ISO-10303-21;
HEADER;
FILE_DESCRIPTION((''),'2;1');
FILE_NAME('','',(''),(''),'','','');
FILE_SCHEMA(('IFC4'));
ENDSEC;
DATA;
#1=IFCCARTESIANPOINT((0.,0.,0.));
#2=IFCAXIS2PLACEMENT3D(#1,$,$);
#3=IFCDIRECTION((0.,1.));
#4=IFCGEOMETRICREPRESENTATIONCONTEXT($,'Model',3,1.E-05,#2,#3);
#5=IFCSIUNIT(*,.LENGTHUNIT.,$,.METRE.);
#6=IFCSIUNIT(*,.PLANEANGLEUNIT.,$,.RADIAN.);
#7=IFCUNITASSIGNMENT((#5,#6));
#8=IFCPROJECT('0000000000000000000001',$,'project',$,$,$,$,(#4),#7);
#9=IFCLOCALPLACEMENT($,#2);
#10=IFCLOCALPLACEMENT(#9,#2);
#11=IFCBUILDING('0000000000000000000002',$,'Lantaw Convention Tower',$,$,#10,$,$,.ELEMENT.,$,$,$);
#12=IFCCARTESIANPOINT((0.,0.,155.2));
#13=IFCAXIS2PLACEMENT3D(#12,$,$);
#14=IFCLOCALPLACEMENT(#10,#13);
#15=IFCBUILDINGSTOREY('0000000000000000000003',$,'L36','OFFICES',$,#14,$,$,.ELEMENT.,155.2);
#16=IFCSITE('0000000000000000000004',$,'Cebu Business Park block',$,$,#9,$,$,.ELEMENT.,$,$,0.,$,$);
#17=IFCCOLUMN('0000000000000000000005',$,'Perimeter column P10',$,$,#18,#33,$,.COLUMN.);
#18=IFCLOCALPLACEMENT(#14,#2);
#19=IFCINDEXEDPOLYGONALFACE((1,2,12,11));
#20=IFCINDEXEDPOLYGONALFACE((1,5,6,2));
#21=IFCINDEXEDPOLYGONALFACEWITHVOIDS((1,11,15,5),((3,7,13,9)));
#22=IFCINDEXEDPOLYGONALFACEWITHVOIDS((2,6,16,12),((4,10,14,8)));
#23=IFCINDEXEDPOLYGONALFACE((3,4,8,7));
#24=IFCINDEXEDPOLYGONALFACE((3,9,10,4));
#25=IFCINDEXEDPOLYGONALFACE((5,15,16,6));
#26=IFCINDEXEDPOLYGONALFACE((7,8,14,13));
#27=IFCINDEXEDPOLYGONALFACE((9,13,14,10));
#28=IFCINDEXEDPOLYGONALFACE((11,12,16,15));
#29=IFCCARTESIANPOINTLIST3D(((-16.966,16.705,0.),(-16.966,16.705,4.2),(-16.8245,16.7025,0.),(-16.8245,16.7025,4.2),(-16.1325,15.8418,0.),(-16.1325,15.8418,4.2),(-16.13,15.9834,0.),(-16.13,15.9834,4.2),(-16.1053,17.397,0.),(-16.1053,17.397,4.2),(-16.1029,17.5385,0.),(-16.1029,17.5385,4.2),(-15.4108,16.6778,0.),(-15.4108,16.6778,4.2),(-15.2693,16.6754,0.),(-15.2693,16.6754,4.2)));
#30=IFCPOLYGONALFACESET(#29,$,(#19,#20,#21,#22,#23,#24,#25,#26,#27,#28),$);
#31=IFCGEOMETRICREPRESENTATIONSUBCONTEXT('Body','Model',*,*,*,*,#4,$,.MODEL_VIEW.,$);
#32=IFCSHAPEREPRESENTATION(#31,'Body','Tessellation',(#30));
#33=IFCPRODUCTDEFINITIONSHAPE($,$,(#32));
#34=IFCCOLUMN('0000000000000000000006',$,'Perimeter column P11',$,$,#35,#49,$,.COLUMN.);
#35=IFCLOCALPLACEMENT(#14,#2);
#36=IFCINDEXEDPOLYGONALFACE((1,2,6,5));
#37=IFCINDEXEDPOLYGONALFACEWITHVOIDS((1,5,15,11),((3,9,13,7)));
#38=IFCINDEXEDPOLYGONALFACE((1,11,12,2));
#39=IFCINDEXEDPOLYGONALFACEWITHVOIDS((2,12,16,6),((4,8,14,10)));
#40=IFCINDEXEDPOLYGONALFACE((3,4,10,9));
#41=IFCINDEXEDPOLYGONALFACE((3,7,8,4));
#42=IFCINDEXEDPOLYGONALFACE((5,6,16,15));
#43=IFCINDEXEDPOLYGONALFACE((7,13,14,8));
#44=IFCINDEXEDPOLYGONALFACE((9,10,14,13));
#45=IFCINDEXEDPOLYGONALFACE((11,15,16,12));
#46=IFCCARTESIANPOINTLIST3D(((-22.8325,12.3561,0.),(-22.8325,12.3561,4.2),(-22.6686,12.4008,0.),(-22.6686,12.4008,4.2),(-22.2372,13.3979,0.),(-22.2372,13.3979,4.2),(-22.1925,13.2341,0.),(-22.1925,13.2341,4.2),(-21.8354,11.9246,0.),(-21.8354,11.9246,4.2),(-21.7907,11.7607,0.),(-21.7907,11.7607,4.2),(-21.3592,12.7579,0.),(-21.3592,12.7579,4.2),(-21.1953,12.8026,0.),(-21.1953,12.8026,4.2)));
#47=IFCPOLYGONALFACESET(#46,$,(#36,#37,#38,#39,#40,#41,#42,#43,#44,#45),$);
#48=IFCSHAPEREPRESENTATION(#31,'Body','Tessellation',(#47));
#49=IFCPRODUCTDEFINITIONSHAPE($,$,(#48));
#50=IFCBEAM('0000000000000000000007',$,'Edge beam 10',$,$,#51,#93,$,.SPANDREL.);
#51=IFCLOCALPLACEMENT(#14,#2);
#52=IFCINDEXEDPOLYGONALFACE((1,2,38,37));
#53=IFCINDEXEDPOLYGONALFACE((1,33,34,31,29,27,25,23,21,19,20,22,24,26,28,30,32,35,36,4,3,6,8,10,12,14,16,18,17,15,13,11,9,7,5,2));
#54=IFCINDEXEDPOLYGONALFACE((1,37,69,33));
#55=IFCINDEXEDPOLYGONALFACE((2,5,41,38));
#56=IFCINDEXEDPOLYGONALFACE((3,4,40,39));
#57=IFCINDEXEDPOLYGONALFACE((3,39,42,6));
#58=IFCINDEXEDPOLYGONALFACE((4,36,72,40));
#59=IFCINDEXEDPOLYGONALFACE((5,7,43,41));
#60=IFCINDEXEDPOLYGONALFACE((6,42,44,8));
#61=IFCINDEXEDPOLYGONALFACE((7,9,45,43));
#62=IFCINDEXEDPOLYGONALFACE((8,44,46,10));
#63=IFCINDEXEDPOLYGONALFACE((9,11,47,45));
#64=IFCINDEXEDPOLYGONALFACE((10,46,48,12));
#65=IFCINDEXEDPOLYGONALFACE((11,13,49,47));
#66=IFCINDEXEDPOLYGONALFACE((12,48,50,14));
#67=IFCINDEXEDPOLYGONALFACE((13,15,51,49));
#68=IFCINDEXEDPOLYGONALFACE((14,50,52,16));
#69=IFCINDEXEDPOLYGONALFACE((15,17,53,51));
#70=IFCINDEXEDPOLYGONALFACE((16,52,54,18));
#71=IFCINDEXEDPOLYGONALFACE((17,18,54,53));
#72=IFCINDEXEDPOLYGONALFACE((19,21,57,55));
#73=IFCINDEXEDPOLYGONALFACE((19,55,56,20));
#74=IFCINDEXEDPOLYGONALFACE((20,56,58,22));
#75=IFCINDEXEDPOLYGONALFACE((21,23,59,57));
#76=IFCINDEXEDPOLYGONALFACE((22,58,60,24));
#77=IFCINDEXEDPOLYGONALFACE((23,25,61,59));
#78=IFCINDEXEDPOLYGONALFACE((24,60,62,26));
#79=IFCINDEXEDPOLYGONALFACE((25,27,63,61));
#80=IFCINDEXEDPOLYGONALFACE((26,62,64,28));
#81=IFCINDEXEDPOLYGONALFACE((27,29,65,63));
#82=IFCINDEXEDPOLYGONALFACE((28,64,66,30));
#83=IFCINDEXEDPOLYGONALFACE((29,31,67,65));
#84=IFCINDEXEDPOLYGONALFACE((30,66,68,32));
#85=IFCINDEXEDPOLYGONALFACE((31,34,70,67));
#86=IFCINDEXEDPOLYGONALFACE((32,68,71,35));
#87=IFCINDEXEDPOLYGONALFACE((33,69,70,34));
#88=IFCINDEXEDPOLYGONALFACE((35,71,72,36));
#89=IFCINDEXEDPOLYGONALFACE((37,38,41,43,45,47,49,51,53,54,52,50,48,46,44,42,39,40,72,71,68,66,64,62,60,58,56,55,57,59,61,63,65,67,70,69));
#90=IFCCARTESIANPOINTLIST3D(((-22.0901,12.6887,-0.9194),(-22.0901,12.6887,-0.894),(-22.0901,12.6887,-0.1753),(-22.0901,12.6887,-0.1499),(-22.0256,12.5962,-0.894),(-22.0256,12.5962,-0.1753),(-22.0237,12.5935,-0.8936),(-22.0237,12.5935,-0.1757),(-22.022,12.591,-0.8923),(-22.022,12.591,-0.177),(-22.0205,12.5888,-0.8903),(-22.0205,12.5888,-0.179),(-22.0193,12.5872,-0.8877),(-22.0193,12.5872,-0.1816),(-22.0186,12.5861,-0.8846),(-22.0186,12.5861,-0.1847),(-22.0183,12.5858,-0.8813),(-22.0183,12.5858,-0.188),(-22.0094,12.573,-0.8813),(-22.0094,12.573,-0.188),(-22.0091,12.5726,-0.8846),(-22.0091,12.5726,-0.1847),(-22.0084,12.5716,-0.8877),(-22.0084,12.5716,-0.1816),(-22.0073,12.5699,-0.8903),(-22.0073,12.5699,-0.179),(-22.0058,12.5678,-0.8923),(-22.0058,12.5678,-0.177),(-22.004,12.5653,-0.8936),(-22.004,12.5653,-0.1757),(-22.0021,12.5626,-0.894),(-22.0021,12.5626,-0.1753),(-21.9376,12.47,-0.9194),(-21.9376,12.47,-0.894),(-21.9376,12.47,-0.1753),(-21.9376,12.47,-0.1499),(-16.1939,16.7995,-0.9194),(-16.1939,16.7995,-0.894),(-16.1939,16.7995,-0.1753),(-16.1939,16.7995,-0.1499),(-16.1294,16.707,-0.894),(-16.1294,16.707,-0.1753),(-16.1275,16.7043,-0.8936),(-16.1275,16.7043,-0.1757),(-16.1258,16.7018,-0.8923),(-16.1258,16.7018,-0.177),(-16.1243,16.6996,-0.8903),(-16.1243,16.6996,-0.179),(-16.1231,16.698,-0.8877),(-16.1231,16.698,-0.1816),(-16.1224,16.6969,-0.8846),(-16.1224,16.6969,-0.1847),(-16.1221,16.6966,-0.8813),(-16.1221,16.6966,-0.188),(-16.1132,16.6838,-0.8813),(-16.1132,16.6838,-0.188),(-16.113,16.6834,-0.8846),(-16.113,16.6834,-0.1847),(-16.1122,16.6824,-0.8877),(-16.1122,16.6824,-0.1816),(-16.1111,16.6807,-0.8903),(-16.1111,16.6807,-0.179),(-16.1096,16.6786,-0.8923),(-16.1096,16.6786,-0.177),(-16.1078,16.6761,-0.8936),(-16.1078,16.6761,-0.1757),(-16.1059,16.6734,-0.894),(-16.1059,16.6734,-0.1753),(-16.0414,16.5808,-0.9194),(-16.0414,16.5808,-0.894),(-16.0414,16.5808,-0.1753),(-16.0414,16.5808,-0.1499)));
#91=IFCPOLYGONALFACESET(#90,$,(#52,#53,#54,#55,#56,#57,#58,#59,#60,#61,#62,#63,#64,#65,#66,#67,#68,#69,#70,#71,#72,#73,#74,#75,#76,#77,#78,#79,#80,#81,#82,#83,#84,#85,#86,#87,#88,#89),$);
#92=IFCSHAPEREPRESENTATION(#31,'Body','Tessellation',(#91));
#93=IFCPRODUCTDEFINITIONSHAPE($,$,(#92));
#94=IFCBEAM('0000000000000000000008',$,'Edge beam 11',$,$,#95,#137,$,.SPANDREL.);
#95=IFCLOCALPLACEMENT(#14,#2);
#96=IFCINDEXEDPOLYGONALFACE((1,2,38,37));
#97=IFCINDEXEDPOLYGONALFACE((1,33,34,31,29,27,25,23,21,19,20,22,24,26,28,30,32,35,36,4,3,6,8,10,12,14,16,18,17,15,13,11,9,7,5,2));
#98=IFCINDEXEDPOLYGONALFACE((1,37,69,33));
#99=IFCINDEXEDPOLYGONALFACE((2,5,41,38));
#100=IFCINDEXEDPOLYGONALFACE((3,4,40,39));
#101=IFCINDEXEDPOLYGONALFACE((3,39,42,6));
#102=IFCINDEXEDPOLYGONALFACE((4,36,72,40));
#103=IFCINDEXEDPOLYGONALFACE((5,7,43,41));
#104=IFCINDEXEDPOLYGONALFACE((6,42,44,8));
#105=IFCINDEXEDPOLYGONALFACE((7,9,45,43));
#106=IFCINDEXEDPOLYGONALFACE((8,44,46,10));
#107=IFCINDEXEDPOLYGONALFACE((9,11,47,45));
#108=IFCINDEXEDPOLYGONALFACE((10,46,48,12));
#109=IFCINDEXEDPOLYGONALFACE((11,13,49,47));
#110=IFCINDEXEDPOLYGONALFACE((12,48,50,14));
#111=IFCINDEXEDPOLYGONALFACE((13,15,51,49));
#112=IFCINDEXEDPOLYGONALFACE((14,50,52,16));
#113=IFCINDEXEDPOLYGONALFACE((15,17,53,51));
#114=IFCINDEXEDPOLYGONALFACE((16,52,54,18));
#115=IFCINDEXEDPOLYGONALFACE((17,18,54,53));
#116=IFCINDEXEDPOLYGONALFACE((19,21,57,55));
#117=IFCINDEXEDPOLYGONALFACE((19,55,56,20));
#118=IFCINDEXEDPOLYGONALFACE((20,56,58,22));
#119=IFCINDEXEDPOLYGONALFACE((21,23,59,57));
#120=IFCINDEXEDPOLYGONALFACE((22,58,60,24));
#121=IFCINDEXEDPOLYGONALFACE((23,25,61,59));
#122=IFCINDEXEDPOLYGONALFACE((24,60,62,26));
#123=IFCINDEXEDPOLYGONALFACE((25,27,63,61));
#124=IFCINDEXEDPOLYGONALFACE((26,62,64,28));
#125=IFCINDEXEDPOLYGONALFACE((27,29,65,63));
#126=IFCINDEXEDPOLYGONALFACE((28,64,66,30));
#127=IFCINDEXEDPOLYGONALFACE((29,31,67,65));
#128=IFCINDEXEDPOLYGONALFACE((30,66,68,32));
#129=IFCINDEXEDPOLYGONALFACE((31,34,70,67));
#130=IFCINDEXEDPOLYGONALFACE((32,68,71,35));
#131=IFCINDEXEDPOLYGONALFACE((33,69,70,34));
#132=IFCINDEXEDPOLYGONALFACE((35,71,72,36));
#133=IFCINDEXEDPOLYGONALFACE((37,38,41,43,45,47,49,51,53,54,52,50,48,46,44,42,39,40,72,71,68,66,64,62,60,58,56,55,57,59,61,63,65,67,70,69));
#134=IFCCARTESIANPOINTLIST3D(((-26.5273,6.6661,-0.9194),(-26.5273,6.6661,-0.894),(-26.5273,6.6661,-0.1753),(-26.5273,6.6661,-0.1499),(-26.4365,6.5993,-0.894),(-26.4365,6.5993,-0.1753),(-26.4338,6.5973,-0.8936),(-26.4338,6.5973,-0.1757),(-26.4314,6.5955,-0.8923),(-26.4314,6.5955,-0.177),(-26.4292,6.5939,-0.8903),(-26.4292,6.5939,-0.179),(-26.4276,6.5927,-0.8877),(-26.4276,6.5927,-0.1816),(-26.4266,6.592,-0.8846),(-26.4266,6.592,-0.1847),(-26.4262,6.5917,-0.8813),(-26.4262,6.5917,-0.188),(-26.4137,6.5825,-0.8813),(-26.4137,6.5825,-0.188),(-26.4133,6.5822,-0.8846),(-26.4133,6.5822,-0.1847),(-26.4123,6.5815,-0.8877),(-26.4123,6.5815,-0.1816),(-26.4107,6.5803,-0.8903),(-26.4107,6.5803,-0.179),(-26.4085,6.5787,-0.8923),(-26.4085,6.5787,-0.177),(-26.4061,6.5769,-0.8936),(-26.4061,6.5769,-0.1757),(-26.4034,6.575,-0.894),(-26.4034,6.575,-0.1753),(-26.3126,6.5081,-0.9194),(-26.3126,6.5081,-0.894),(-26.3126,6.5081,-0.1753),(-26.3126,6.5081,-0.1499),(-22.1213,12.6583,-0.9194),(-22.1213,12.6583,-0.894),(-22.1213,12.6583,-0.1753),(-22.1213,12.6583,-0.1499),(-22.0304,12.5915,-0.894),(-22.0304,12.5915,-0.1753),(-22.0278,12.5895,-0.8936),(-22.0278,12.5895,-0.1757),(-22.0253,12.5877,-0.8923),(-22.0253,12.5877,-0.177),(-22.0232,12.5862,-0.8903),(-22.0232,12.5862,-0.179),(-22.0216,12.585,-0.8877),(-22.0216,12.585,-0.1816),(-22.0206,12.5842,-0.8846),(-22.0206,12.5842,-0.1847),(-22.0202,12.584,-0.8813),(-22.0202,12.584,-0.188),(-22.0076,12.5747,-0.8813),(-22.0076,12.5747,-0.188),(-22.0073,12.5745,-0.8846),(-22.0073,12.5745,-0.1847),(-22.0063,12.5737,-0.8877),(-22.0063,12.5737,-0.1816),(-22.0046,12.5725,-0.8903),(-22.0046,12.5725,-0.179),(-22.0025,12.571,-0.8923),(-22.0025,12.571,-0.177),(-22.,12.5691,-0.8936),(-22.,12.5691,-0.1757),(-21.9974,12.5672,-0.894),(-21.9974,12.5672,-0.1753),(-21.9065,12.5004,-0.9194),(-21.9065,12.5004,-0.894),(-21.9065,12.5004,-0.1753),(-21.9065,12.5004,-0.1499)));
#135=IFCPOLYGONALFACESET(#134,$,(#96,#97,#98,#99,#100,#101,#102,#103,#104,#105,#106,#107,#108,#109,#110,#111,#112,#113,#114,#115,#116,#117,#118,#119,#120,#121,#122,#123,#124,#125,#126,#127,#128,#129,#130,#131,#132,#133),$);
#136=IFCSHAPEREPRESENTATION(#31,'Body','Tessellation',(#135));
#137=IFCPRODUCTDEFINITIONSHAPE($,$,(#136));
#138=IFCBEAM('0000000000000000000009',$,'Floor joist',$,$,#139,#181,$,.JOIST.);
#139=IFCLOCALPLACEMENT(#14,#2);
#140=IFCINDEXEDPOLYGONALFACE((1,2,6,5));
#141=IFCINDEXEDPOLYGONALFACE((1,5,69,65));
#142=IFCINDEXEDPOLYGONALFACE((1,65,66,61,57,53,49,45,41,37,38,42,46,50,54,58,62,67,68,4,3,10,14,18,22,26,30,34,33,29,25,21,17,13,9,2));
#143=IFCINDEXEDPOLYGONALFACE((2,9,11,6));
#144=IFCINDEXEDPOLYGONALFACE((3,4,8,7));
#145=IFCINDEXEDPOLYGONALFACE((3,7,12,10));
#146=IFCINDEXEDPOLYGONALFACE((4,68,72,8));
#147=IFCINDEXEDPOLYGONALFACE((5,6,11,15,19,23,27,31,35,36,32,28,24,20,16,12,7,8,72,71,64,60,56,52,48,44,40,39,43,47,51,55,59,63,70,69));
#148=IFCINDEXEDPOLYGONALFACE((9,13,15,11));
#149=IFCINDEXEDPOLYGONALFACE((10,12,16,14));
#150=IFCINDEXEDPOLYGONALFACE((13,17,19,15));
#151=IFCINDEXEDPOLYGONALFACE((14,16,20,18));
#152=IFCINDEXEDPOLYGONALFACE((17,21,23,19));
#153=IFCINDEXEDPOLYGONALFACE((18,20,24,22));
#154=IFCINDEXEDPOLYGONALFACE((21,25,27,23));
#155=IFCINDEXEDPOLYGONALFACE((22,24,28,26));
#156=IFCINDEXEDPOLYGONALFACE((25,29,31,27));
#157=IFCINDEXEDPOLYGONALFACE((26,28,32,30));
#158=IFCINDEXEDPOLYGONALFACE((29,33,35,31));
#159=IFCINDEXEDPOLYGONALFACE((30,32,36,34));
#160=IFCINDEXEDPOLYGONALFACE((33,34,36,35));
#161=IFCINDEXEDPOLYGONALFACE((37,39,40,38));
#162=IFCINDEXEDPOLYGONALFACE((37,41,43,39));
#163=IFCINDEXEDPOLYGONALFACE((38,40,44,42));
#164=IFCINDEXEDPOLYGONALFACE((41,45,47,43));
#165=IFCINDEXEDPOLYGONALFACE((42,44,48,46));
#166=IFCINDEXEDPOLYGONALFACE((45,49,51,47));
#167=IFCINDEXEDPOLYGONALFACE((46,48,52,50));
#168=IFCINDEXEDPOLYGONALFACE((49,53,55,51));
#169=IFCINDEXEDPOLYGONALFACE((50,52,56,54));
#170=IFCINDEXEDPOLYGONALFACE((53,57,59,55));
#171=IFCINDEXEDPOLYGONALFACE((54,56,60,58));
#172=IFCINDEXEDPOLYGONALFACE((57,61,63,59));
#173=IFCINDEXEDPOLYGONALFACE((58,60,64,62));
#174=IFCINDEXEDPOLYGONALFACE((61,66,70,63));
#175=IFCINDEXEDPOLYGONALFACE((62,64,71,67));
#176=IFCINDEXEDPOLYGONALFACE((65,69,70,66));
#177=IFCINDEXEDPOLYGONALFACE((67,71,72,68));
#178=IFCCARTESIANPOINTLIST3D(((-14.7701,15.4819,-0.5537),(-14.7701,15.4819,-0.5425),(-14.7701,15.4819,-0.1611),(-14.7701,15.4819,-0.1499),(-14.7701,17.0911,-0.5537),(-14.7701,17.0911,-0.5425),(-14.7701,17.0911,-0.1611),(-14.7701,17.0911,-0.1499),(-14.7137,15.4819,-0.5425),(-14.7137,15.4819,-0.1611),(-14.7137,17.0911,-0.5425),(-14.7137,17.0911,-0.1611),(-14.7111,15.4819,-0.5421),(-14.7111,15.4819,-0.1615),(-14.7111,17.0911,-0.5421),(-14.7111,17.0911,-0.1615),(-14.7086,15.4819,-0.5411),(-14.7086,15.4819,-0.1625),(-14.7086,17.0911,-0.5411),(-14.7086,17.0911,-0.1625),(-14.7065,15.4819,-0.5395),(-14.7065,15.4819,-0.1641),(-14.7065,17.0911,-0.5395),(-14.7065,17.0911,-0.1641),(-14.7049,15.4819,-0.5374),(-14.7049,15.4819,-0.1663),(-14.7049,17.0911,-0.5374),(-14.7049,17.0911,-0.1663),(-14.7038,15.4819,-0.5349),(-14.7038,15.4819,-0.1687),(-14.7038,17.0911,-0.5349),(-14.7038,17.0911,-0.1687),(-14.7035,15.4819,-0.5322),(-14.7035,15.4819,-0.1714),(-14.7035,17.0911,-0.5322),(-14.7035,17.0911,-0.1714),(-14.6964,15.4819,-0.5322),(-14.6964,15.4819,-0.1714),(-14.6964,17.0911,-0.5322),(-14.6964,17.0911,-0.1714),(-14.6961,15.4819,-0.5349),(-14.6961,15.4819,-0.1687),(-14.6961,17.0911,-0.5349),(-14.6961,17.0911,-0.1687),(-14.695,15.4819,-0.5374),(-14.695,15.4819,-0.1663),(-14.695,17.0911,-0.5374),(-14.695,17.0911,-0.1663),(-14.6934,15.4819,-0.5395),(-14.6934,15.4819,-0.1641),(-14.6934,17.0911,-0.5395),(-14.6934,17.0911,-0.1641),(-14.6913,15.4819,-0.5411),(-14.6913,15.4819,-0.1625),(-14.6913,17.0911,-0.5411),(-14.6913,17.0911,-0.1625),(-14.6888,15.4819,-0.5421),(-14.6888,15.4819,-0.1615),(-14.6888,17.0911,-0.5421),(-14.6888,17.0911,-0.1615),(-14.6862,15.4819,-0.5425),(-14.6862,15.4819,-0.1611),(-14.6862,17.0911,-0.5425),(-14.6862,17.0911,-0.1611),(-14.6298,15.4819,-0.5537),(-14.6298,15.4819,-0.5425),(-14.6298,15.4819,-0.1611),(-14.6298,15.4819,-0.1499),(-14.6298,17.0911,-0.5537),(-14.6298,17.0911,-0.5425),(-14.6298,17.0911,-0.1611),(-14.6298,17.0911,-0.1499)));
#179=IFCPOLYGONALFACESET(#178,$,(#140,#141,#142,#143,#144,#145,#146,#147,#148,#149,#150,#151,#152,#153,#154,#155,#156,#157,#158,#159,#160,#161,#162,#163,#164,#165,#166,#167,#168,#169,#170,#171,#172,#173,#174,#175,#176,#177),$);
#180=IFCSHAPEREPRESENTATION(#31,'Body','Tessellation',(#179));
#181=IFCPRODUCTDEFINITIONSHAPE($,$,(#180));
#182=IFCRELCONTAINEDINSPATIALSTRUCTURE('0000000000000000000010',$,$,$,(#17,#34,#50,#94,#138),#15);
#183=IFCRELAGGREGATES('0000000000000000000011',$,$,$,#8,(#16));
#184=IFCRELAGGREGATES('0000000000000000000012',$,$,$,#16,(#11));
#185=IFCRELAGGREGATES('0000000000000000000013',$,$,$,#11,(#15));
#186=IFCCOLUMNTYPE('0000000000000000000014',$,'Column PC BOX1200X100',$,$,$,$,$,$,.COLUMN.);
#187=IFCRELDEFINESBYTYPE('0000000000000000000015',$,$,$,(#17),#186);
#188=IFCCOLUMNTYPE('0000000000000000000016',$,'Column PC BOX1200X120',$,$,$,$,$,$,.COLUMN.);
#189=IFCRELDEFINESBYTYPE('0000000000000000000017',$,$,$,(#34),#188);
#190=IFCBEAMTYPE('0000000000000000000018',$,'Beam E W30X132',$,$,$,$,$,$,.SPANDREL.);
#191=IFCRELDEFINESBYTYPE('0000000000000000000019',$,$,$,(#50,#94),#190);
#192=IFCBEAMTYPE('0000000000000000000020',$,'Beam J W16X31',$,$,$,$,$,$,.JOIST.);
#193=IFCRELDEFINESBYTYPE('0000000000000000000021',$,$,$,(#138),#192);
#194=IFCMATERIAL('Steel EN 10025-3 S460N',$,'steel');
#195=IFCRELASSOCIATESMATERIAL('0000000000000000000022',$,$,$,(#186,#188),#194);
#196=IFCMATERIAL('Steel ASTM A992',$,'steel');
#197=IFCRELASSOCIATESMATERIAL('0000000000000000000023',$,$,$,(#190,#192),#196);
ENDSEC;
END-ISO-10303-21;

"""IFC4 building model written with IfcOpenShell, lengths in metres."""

from ifc_helpers import new_model, si_unit, direction, frame, origin, origin_2d, place, context, subcontext, project, spatial, rectangle, hollow_rectangle, i_section, extrude, material, material_profile, profile_set, type_object, element, save


model = new_model("IFC4")

# Units and contexts
model_context = context("Model", 3, precision=1e-05, world=origin(), true_north=direction((0.0, 1.0)))
body_context = subcontext(model_context, "Body", "Model", "MODEL_VIEW")
ifc_project = project(units=[si_unit("LENGTHUNIT", "METRE"), si_unit("PLANEANGLEUNIT", "RADIAN")], contexts=[model_context])

# Site, building, storey
site_placement = place(None, origin())
site = spatial("IfcSite", under=ifc_project, at=site_placement, Name="Cebu Business Park block", CompositionType="ELEMENT", RefElevation=0.0)
building_placement = place(site_placement, origin())
building = spatial("IfcBuilding", under=site, at=building_placement, Name="Lantaw Convention Tower", CompositionType="ELEMENT")
storey_placement = place(building_placement, frame((0.0, 0.0, 155.2)))
storey = spatial("IfcBuildingStorey", under=building, at=storey_placement, Name="L36", Description="OFFICES", CompositionType="ELEMENT", Elevation=155.2)

# Columns
ifc_material_1 = material(Name="Steel EN 10025-3 S460N", Category="steel")
ifc_material_profile_1 = material_profile(ifc_material_1, hollow_rectangle(XDim=1.2, YDim=1.2, WallThickness=0.1001, at=origin_2d()), Name="BOX1200X100")
ifc_material_2 = material(Name="Concrete C60/75", Category="concrete")
ifc_material_profile_2 = material_profile(ifc_material_2, rectangle(XDim=1.0, YDim=1.0, at=origin_2d()), Name="Concrete fill of BOX1200X100")
ifc_profile_set_1 = profile_set([ifc_material_profile_1, ifc_material_profile_2], Name="Steel EN 10025-3 S460N")
column_type_1 = type_object("IfcColumnType", Name="Column PC BOX1200X100", PredefinedType="COLUMN", material=ifc_profile_set_1)
column_1_placement = place(storey_placement, frame((-16.1177, 16.6902, 0.0), z_axis=(0.0, 0.0, 1.0), x_axis=(0.71934, 0.694658, 0.0)))
element("IfcColumn", 1, at=column_1_placement, inside=storey, type_object=column_type_1, Name="Perimeter column P10", PredefinedType="COLUMN", context=body_context, shape_type="SweptSolid", body=[
    extrude(hollow_rectangle(XDim=1.2, YDim=1.2, WallThickness=0.1001, at=origin_2d()), origin(), (0.0, 0.0, 1.0), 4.2),
])
ifc_material_profile_3 = material_profile(ifc_material_1, hollow_rectangle(XDim=1.2, YDim=1.2, WallThickness=0.1201, at=origin_2d()), Name="BOX1200X120")
ifc_material_profile_4 = material_profile(ifc_material_2, rectangle(XDim=0.96, YDim=0.96, at=origin_2d()), Name="Concrete fill of BOX1200X120")
ifc_profile_set_2 = profile_set([ifc_material_profile_3, ifc_material_profile_4], Name="Steel EN 10025-3 S460N")
column_type_2 = type_object("IfcColumnType", Name="Column PC BOX1200X120", PredefinedType="COLUMN", material=ifc_profile_set_2)
column_2_placement = place(storey_placement, frame((-22.0139, 12.5793, 0.0), z_axis=(0.0, 0.0, 1.0), x_axis=(0.496139, 0.868243, 0.0)))
element("IfcColumn", 2, at=column_2_placement, inside=storey, type_object=column_type_2, Name="Perimeter column P11", PredefinedType="COLUMN", context=body_context, shape_type="SweptSolid", body=[
    extrude(hollow_rectangle(XDim=1.2, YDim=1.2, WallThickness=0.1201, at=origin_2d()), origin(), (0.0, 0.0, 1.0), 4.2),
])

# Beams
ifc_material_3 = material(Name="Steel ASTM A992", Category="steel")
ifc_material_profile_5 = material_profile(ifc_material_3, i_section(OverallWidth=0.2666, OverallDepth=0.7695, WebThickness=0.0156, FlangeThickness=0.0254, FilletRadius=0.0127, at=origin_2d()), Name="W30X132")
ifc_profile_set_3 = profile_set([ifc_material_profile_5], Name="Steel ASTM A992")
beam_type_1 = type_object("IfcBeamType", Name="Beam E W30X132", PredefinedType="SPANDREL", material=ifc_profile_set_3)
beam_1_placement = place(storey_placement, frame((-16.1177, 16.6902, -0.5347), z_axis=(-0.820311, -0.571918, 0.0), x_axis=(0.571918, -0.820311, 0.0)))
element("IfcBeam", 3, at=beam_1_placement, inside=storey, type_object=beam_type_1, Name="Edge beam 10", PredefinedType="SPANDREL", context=body_context, shape_type="SweptSolid", body=[
    extrude(i_section(OverallWidth=0.2666, OverallDepth=0.7695, WebThickness=0.0156, FlangeThickness=0.0254, FilletRadius=0.0127, at=origin_2d()), origin(), (0.0, 0.0, 1.0), 7.1877),
])
beam_2_placement = place(storey_placement, frame((-22.0139, 12.5793, -0.5347), z_axis=(-0.592389, -0.805652, 0.0), x_axis=(0.805652, -0.592389, 0.0)))
element("IfcBeam", 4, at=beam_2_placement, inside=storey, type_object=beam_type_1, Name="Edge beam 11", PredefinedType="SPANDREL", context=body_context, shape_type="SweptSolid", body=[
    extrude(i_section(OverallWidth=0.2666, OverallDepth=0.7695, WebThickness=0.0156, FlangeThickness=0.0254, FilletRadius=0.0127, at=origin_2d()), origin(), (0.0, 0.0, 1.0), 7.4377),
])
ifc_material_profile_6 = material_profile(ifc_material_3, i_section(OverallWidth=0.1404, OverallDepth=0.4038, WebThickness=0.0071, FlangeThickness=0.0112, FilletRadius=0.0103, at=origin_2d()), Name="W16X31")
ifc_profile_set_4 = profile_set([ifc_material_profile_6], Name="Steel ASTM A992")
beam_type_2 = type_object("IfcBeamType", Name="Beam J W16X31", PredefinedType="JOIST", material=ifc_profile_set_4)
beam_3_placement = place(storey_placement, frame((-14.7, 15.4819, -0.3518), z_axis=(0.0, 1.0, 0.0), x_axis=(-1.0, 0.0, 0.0)))
element("IfcBeam", 5, at=beam_3_placement, inside=storey, type_object=beam_type_2, Name="Floor joist", PredefinedType="JOIST", context=body_context, shape_type="SweptSolid", body=[
    extrude(i_section(OverallWidth=0.1404, OverallDepth=0.4038, WebThickness=0.0071, FlangeThickness=0.0112, FilletRadius=0.0103, at=origin_2d()), origin(), (0.0, 0.0, 1.0), 1.6091),
])

save(model, "model.ifc")
